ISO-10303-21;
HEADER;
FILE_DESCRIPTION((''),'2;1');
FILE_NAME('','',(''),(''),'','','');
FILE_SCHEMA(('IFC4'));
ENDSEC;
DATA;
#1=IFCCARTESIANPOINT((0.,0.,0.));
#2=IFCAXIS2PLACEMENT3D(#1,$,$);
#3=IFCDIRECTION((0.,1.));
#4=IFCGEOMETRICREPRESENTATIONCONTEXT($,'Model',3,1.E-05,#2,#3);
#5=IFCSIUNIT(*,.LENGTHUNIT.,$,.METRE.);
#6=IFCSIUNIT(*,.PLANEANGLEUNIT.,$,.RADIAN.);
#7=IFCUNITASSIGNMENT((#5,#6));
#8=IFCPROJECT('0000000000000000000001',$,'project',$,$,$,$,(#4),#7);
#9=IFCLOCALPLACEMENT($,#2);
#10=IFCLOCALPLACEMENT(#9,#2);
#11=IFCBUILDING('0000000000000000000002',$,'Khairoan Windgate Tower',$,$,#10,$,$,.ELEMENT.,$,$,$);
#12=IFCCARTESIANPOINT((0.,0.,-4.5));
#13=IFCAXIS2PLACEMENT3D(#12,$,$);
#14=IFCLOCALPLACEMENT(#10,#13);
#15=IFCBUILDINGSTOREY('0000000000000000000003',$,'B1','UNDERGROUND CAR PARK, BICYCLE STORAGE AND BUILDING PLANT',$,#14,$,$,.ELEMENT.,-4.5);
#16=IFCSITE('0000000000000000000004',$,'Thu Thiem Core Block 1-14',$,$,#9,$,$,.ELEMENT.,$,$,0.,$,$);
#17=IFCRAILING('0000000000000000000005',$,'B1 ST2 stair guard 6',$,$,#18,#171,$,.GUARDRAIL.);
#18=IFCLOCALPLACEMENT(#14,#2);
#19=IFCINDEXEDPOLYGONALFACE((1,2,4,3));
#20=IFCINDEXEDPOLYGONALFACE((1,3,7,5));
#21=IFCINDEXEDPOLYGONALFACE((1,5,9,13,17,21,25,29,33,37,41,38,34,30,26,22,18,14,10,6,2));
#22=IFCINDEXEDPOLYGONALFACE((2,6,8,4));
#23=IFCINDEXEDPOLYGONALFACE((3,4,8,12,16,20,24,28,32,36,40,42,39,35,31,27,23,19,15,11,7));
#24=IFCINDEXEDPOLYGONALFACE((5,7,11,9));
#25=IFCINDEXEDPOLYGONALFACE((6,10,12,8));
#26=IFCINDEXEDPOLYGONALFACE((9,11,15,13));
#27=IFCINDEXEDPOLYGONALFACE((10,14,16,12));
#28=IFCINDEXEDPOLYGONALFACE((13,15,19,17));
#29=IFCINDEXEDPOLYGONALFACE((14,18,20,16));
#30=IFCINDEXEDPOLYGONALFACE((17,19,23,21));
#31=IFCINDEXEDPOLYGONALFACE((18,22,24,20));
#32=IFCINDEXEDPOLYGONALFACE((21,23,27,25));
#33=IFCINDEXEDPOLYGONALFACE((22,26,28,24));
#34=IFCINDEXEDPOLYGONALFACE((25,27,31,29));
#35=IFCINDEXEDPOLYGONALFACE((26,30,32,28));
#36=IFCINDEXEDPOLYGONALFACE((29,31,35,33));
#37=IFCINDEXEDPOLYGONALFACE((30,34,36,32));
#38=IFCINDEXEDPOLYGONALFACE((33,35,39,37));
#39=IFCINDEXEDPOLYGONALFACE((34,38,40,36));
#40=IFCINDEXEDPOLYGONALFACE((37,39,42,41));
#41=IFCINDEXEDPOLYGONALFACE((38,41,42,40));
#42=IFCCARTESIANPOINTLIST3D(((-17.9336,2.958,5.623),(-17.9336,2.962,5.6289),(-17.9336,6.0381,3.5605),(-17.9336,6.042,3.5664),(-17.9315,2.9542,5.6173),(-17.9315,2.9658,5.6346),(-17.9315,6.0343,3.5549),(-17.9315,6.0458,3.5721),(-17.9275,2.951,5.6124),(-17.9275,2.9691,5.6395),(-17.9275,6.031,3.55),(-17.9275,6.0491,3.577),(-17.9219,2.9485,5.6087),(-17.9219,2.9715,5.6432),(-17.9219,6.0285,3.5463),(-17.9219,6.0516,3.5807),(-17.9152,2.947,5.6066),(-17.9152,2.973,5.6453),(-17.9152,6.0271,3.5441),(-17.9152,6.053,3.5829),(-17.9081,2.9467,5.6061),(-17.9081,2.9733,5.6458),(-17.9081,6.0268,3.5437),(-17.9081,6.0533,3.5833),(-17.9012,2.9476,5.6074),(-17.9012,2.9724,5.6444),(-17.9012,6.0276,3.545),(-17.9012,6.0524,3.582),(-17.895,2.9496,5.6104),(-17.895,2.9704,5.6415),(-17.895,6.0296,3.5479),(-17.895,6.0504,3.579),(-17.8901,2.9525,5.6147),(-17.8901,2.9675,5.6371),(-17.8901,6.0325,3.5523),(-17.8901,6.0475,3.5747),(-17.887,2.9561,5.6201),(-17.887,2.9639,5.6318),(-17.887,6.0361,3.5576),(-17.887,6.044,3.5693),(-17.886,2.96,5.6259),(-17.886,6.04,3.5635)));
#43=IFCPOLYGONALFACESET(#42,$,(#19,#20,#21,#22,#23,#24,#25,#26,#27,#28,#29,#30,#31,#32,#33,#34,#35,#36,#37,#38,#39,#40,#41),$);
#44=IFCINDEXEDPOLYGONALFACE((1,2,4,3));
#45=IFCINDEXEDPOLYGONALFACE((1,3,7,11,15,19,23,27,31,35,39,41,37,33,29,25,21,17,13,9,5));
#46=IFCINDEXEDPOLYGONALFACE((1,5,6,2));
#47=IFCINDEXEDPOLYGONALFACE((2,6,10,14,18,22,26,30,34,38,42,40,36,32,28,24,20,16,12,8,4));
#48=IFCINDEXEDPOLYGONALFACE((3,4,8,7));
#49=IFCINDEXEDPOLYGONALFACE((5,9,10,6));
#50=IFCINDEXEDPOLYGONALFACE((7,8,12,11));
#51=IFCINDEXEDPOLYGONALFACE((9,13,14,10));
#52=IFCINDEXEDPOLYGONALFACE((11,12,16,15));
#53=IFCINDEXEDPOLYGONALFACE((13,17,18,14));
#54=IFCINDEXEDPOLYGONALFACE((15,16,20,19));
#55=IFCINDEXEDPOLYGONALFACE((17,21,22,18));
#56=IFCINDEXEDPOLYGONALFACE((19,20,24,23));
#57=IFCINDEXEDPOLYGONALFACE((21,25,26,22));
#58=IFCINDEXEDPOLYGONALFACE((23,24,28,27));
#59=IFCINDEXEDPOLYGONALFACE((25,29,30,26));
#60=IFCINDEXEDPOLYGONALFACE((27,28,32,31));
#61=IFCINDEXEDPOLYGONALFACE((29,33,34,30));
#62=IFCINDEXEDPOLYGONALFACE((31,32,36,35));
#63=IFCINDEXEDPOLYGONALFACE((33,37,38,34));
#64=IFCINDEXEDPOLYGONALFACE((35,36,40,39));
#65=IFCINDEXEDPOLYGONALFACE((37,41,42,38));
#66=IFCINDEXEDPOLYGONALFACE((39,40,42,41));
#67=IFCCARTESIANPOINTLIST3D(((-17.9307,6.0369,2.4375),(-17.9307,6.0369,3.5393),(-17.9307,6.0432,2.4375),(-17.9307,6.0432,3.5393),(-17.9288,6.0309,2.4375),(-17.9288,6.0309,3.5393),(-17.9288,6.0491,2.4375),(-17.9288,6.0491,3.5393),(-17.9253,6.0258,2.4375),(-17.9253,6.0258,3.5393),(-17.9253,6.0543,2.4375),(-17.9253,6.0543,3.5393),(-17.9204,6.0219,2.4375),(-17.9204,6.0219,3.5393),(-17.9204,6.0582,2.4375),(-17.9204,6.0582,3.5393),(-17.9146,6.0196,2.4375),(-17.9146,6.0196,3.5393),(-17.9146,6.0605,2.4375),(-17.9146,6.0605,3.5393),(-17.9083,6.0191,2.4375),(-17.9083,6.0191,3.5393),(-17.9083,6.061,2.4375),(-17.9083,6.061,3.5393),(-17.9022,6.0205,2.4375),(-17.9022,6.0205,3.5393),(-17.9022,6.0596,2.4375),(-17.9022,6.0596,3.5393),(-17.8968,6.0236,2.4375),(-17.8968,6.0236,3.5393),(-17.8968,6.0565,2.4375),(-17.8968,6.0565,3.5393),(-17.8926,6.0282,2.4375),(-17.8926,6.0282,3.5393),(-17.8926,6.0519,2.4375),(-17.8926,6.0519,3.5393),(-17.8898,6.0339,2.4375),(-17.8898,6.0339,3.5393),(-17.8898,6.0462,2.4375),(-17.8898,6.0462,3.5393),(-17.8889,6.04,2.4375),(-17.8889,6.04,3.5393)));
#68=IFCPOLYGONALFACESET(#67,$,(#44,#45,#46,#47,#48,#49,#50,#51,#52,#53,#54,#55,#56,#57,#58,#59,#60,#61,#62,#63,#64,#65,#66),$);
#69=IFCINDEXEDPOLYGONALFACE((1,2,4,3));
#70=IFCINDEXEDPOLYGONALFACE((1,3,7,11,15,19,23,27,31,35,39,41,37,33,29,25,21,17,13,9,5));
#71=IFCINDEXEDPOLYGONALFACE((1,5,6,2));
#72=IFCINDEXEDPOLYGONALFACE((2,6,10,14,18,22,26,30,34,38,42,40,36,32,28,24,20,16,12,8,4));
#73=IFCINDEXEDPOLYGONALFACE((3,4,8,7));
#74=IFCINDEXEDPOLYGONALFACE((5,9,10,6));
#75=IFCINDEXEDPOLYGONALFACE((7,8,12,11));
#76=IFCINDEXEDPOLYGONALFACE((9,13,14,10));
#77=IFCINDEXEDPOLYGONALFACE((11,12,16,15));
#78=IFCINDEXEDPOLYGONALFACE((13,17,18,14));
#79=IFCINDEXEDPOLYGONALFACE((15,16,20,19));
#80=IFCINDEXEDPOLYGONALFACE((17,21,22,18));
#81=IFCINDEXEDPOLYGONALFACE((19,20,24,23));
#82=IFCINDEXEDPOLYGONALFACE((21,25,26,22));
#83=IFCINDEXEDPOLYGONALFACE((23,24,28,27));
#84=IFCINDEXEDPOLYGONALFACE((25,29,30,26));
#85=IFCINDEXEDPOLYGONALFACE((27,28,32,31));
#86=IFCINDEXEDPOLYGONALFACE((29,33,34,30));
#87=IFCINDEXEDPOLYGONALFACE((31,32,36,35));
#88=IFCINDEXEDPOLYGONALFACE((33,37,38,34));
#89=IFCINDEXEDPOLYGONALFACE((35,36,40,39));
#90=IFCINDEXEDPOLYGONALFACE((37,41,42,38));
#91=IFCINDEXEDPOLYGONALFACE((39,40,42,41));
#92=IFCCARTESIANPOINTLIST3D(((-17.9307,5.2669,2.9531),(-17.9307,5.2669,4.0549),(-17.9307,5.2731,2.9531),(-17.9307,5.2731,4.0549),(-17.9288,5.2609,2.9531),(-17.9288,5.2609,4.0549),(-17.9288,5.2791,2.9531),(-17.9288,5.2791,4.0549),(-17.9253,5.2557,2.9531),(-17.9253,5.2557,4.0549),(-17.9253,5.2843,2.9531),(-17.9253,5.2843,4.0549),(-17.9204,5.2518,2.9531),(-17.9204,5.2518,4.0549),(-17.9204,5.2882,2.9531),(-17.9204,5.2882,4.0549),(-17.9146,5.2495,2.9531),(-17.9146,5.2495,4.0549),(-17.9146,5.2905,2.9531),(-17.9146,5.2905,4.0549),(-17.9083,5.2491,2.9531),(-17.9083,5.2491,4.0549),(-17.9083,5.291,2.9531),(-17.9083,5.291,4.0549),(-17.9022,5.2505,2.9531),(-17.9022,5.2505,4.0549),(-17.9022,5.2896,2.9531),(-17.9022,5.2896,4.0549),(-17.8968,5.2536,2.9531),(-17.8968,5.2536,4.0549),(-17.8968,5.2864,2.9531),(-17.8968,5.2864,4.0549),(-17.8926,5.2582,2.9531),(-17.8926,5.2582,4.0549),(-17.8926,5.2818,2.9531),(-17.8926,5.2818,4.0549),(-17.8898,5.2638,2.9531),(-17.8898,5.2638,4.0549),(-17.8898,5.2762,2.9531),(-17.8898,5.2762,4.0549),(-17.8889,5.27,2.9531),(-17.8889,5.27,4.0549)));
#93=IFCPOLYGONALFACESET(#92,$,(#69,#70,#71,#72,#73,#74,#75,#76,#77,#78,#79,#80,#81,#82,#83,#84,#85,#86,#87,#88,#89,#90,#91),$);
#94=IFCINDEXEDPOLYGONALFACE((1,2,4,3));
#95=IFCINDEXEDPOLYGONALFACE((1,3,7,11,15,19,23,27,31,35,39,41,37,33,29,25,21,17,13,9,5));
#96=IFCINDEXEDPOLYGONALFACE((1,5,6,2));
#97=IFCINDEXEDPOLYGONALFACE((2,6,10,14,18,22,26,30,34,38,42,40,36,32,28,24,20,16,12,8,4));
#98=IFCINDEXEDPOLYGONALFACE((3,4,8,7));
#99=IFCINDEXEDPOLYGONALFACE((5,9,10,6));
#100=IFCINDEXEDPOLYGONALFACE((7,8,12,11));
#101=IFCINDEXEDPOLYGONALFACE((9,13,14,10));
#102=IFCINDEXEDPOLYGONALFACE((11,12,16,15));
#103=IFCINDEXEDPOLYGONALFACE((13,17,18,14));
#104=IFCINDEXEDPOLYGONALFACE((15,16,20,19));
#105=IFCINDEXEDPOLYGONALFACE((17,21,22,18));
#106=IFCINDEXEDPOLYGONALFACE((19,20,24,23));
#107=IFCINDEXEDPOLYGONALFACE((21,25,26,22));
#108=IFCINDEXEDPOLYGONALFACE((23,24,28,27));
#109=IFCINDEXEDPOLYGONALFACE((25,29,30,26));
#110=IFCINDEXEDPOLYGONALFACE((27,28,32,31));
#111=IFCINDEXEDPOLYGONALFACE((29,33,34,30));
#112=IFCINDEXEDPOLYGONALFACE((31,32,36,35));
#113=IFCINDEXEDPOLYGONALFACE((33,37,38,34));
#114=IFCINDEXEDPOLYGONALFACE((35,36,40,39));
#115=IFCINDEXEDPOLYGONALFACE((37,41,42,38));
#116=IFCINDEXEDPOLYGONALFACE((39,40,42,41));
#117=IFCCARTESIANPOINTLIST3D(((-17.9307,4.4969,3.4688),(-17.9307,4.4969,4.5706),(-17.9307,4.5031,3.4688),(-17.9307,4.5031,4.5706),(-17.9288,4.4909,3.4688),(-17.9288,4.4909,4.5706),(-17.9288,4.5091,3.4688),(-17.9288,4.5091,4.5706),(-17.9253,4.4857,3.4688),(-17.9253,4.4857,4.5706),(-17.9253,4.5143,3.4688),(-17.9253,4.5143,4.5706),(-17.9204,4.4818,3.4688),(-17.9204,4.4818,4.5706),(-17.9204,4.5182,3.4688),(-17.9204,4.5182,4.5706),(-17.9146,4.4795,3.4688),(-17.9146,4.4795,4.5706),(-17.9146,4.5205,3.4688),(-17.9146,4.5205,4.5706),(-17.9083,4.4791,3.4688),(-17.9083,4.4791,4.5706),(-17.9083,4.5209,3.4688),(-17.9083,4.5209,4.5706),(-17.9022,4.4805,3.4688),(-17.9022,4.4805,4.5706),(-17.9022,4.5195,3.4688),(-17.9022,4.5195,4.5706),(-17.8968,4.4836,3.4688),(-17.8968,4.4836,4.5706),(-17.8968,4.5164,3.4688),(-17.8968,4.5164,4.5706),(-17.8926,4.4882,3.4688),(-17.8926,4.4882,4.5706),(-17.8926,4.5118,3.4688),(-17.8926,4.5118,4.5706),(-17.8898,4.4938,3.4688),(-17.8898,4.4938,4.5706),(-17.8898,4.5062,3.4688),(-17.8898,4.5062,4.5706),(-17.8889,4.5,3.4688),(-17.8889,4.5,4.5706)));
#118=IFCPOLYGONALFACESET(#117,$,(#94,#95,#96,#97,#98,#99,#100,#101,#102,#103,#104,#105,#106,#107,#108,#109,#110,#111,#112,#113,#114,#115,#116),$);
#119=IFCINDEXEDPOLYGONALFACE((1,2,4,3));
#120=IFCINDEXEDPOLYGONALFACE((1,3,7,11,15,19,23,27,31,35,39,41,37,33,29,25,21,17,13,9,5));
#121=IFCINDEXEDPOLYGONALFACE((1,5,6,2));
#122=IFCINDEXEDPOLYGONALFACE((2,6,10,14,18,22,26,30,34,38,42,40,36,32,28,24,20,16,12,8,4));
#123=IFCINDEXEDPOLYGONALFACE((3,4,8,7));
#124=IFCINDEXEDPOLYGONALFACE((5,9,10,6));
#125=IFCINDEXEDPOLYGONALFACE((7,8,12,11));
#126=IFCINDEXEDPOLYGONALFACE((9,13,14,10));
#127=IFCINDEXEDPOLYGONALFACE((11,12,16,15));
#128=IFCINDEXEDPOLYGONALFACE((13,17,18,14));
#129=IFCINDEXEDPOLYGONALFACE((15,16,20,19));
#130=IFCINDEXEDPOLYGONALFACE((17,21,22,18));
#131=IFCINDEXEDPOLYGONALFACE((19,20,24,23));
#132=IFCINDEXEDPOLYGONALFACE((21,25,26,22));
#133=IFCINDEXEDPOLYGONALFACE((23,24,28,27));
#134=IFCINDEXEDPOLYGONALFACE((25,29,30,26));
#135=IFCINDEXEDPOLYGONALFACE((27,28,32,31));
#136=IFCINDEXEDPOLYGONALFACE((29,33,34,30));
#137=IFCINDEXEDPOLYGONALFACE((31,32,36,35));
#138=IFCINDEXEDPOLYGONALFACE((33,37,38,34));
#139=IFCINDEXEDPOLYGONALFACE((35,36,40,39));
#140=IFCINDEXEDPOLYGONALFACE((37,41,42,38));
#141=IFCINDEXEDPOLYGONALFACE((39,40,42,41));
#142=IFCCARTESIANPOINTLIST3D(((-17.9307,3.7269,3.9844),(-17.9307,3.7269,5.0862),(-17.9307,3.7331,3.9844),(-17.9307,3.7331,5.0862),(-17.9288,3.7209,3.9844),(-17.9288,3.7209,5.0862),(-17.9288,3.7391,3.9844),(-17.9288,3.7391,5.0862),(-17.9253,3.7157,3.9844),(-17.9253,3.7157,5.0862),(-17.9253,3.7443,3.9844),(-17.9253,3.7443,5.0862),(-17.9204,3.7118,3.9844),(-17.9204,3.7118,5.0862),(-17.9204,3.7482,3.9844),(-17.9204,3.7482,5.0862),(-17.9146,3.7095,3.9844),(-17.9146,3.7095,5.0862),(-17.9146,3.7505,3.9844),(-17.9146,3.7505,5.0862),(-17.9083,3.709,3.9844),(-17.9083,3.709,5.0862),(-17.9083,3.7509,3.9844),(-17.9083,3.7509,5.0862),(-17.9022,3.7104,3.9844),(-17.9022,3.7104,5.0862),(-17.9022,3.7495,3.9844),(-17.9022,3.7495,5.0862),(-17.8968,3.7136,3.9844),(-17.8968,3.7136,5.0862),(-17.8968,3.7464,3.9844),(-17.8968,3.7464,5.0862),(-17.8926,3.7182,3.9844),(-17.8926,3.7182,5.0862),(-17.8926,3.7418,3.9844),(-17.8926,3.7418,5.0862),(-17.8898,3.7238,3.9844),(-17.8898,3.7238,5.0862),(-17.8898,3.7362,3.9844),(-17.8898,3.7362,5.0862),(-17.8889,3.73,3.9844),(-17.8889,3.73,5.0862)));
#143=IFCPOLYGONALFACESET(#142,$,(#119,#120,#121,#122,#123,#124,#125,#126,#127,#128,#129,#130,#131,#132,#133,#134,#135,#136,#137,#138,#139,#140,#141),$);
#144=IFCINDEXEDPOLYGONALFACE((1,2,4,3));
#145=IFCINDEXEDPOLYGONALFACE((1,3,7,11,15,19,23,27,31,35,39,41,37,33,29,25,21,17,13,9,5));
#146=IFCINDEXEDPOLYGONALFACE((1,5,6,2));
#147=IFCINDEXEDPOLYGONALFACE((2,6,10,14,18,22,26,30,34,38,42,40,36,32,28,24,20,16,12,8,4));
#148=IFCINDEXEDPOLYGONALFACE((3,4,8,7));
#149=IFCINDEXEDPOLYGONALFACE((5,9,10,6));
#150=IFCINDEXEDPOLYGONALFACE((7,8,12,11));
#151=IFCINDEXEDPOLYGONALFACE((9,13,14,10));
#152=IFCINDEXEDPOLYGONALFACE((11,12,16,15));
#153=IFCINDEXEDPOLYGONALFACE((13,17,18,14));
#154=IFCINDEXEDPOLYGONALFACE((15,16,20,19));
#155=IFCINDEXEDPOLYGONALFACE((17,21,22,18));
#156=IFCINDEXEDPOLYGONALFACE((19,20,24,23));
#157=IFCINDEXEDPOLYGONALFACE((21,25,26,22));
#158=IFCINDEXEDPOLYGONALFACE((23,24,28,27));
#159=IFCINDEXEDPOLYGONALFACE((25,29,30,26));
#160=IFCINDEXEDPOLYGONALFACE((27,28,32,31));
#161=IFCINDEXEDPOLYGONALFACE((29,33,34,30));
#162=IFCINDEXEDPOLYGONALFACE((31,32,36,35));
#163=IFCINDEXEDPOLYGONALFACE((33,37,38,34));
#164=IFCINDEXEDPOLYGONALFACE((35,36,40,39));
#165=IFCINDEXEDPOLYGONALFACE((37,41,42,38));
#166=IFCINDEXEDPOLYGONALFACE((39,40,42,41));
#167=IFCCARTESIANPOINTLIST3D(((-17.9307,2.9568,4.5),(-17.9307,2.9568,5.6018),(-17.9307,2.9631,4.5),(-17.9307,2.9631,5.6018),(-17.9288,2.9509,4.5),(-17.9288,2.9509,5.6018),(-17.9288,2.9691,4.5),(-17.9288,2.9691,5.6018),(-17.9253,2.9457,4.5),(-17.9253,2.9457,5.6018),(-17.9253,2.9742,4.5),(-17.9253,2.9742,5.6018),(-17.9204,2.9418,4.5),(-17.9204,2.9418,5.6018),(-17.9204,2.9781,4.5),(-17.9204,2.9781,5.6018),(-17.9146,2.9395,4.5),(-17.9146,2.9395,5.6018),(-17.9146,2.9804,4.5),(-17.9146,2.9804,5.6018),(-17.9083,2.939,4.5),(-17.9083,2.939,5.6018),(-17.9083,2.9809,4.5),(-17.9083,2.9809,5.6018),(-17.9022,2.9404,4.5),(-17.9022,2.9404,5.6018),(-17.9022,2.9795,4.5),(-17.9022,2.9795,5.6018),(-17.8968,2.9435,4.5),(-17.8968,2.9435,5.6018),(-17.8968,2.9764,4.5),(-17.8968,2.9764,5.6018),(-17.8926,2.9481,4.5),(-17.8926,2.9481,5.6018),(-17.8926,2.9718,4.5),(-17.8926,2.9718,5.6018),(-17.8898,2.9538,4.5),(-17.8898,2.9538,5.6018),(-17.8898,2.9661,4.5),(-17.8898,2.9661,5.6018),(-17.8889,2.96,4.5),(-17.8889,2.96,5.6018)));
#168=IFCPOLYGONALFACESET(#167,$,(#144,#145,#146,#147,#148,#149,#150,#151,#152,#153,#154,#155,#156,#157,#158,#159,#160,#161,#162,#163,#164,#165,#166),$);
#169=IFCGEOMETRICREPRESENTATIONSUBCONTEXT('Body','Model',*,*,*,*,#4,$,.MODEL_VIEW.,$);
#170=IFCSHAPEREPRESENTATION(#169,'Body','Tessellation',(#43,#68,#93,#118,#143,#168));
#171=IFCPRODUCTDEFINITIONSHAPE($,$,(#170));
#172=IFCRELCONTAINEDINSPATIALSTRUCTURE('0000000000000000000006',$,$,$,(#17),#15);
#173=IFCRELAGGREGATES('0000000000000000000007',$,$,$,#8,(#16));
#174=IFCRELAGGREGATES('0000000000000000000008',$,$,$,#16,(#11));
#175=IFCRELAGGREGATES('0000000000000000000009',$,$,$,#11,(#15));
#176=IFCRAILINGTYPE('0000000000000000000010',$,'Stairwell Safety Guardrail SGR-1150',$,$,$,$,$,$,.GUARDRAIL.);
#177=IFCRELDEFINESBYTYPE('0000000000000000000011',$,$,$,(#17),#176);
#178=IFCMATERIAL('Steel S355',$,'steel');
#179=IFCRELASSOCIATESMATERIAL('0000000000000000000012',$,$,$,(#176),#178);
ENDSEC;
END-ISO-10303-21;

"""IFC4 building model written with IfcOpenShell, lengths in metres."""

from ifc_helpers import new_model, si_unit, direction, frame, origin, origin_2d, place, context, subcontext, project, spatial, circle, extrude, material, type_object, element, save


model = new_model("IFC4")

# Units and contexts
model_context = context("Model", 3, precision=1e-05, world=origin(), true_north=direction((0.0, 1.0)))
body_context = subcontext(model_context, "Body", "Model", "MODEL_VIEW")
ifc_project = project(units=[si_unit("LENGTHUNIT", "METRE"), si_unit("PLANEANGLEUNIT", "RADIAN")], contexts=[model_context])

# Site, building, storey
site_placement = place(None, origin())
site = spatial("IfcSite", under=ifc_project, at=site_placement, Name="Thu Thiem Core Block 1-14", CompositionType="ELEMENT", RefElevation=0.0)
building_placement = place(site_placement, origin())
building = spatial("IfcBuilding", under=site, at=building_placement, Name="Khairoan Windgate Tower", CompositionType="ELEMENT")
storey_placement = place(building_placement, frame((0.0, 0.0, -4.5)))
storey = spatial("IfcBuildingStorey", under=building, at=storey_placement, Name="B1", Description="UNDERGROUND CAR PARK, BICYCLE STORAGE AND BUILDING PLANT", CompositionType="ELEMENT", Elevation=-4.5)

# Railing
ifc_material_1 = material(Name="Steel S355", Category="steel")
railing_type_1 = type_object("IfcRailingType", Name="Stairwell Safety Guardrail SGR-1150", PredefinedType="GUARDRAIL", material=ifc_material_1)
railing_1_placement = place(storey_placement, frame((-17.9099, 6.04, 2.4375)))
element("IfcRailing", 1, at=railing_1_placement, inside=storey, type_object=railing_type_1, Name="B1 ST2 stair guard 6", PredefinedType="GUARDRAIL", context=body_context, shape_type="SweptSolid", body=[
    extrude(circle(Radius=0.0239, at=origin_2d()), frame((0.0, 0.0, 1.126), z_axis=(0.0, -0.830914, 0.556401), x_axis=(1.0, 0.0, 0.0)), (0.0, 0.0, 1.0), 3.7068),
    extrude(circle(Radius=0.021, at=origin_2d()), origin(), (0.0, 0.0, 1.0), 1.1018),
    extrude(circle(Radius=0.021, at=origin_2d()), frame((0.0, -0.77, 0.5156)), (0.0, 0.0, 1.0), 1.1018),
    extrude(circle(Radius=0.021, at=origin_2d()), frame((0.0, -1.54, 1.0312)), (0.0, 0.0, 1.0), 1.1018),
    extrude(circle(Radius=0.021, at=origin_2d()), frame((0.0, -2.3101, 1.5469)), (0.0, 0.0, 1.0), 1.1018),
    extrude(circle(Radius=0.021, at=origin_2d()), frame((0.0, -3.0801, 2.0625)), (0.0, 0.0, 1.0), 1.1018),
])

save(model, "model.ifc")
